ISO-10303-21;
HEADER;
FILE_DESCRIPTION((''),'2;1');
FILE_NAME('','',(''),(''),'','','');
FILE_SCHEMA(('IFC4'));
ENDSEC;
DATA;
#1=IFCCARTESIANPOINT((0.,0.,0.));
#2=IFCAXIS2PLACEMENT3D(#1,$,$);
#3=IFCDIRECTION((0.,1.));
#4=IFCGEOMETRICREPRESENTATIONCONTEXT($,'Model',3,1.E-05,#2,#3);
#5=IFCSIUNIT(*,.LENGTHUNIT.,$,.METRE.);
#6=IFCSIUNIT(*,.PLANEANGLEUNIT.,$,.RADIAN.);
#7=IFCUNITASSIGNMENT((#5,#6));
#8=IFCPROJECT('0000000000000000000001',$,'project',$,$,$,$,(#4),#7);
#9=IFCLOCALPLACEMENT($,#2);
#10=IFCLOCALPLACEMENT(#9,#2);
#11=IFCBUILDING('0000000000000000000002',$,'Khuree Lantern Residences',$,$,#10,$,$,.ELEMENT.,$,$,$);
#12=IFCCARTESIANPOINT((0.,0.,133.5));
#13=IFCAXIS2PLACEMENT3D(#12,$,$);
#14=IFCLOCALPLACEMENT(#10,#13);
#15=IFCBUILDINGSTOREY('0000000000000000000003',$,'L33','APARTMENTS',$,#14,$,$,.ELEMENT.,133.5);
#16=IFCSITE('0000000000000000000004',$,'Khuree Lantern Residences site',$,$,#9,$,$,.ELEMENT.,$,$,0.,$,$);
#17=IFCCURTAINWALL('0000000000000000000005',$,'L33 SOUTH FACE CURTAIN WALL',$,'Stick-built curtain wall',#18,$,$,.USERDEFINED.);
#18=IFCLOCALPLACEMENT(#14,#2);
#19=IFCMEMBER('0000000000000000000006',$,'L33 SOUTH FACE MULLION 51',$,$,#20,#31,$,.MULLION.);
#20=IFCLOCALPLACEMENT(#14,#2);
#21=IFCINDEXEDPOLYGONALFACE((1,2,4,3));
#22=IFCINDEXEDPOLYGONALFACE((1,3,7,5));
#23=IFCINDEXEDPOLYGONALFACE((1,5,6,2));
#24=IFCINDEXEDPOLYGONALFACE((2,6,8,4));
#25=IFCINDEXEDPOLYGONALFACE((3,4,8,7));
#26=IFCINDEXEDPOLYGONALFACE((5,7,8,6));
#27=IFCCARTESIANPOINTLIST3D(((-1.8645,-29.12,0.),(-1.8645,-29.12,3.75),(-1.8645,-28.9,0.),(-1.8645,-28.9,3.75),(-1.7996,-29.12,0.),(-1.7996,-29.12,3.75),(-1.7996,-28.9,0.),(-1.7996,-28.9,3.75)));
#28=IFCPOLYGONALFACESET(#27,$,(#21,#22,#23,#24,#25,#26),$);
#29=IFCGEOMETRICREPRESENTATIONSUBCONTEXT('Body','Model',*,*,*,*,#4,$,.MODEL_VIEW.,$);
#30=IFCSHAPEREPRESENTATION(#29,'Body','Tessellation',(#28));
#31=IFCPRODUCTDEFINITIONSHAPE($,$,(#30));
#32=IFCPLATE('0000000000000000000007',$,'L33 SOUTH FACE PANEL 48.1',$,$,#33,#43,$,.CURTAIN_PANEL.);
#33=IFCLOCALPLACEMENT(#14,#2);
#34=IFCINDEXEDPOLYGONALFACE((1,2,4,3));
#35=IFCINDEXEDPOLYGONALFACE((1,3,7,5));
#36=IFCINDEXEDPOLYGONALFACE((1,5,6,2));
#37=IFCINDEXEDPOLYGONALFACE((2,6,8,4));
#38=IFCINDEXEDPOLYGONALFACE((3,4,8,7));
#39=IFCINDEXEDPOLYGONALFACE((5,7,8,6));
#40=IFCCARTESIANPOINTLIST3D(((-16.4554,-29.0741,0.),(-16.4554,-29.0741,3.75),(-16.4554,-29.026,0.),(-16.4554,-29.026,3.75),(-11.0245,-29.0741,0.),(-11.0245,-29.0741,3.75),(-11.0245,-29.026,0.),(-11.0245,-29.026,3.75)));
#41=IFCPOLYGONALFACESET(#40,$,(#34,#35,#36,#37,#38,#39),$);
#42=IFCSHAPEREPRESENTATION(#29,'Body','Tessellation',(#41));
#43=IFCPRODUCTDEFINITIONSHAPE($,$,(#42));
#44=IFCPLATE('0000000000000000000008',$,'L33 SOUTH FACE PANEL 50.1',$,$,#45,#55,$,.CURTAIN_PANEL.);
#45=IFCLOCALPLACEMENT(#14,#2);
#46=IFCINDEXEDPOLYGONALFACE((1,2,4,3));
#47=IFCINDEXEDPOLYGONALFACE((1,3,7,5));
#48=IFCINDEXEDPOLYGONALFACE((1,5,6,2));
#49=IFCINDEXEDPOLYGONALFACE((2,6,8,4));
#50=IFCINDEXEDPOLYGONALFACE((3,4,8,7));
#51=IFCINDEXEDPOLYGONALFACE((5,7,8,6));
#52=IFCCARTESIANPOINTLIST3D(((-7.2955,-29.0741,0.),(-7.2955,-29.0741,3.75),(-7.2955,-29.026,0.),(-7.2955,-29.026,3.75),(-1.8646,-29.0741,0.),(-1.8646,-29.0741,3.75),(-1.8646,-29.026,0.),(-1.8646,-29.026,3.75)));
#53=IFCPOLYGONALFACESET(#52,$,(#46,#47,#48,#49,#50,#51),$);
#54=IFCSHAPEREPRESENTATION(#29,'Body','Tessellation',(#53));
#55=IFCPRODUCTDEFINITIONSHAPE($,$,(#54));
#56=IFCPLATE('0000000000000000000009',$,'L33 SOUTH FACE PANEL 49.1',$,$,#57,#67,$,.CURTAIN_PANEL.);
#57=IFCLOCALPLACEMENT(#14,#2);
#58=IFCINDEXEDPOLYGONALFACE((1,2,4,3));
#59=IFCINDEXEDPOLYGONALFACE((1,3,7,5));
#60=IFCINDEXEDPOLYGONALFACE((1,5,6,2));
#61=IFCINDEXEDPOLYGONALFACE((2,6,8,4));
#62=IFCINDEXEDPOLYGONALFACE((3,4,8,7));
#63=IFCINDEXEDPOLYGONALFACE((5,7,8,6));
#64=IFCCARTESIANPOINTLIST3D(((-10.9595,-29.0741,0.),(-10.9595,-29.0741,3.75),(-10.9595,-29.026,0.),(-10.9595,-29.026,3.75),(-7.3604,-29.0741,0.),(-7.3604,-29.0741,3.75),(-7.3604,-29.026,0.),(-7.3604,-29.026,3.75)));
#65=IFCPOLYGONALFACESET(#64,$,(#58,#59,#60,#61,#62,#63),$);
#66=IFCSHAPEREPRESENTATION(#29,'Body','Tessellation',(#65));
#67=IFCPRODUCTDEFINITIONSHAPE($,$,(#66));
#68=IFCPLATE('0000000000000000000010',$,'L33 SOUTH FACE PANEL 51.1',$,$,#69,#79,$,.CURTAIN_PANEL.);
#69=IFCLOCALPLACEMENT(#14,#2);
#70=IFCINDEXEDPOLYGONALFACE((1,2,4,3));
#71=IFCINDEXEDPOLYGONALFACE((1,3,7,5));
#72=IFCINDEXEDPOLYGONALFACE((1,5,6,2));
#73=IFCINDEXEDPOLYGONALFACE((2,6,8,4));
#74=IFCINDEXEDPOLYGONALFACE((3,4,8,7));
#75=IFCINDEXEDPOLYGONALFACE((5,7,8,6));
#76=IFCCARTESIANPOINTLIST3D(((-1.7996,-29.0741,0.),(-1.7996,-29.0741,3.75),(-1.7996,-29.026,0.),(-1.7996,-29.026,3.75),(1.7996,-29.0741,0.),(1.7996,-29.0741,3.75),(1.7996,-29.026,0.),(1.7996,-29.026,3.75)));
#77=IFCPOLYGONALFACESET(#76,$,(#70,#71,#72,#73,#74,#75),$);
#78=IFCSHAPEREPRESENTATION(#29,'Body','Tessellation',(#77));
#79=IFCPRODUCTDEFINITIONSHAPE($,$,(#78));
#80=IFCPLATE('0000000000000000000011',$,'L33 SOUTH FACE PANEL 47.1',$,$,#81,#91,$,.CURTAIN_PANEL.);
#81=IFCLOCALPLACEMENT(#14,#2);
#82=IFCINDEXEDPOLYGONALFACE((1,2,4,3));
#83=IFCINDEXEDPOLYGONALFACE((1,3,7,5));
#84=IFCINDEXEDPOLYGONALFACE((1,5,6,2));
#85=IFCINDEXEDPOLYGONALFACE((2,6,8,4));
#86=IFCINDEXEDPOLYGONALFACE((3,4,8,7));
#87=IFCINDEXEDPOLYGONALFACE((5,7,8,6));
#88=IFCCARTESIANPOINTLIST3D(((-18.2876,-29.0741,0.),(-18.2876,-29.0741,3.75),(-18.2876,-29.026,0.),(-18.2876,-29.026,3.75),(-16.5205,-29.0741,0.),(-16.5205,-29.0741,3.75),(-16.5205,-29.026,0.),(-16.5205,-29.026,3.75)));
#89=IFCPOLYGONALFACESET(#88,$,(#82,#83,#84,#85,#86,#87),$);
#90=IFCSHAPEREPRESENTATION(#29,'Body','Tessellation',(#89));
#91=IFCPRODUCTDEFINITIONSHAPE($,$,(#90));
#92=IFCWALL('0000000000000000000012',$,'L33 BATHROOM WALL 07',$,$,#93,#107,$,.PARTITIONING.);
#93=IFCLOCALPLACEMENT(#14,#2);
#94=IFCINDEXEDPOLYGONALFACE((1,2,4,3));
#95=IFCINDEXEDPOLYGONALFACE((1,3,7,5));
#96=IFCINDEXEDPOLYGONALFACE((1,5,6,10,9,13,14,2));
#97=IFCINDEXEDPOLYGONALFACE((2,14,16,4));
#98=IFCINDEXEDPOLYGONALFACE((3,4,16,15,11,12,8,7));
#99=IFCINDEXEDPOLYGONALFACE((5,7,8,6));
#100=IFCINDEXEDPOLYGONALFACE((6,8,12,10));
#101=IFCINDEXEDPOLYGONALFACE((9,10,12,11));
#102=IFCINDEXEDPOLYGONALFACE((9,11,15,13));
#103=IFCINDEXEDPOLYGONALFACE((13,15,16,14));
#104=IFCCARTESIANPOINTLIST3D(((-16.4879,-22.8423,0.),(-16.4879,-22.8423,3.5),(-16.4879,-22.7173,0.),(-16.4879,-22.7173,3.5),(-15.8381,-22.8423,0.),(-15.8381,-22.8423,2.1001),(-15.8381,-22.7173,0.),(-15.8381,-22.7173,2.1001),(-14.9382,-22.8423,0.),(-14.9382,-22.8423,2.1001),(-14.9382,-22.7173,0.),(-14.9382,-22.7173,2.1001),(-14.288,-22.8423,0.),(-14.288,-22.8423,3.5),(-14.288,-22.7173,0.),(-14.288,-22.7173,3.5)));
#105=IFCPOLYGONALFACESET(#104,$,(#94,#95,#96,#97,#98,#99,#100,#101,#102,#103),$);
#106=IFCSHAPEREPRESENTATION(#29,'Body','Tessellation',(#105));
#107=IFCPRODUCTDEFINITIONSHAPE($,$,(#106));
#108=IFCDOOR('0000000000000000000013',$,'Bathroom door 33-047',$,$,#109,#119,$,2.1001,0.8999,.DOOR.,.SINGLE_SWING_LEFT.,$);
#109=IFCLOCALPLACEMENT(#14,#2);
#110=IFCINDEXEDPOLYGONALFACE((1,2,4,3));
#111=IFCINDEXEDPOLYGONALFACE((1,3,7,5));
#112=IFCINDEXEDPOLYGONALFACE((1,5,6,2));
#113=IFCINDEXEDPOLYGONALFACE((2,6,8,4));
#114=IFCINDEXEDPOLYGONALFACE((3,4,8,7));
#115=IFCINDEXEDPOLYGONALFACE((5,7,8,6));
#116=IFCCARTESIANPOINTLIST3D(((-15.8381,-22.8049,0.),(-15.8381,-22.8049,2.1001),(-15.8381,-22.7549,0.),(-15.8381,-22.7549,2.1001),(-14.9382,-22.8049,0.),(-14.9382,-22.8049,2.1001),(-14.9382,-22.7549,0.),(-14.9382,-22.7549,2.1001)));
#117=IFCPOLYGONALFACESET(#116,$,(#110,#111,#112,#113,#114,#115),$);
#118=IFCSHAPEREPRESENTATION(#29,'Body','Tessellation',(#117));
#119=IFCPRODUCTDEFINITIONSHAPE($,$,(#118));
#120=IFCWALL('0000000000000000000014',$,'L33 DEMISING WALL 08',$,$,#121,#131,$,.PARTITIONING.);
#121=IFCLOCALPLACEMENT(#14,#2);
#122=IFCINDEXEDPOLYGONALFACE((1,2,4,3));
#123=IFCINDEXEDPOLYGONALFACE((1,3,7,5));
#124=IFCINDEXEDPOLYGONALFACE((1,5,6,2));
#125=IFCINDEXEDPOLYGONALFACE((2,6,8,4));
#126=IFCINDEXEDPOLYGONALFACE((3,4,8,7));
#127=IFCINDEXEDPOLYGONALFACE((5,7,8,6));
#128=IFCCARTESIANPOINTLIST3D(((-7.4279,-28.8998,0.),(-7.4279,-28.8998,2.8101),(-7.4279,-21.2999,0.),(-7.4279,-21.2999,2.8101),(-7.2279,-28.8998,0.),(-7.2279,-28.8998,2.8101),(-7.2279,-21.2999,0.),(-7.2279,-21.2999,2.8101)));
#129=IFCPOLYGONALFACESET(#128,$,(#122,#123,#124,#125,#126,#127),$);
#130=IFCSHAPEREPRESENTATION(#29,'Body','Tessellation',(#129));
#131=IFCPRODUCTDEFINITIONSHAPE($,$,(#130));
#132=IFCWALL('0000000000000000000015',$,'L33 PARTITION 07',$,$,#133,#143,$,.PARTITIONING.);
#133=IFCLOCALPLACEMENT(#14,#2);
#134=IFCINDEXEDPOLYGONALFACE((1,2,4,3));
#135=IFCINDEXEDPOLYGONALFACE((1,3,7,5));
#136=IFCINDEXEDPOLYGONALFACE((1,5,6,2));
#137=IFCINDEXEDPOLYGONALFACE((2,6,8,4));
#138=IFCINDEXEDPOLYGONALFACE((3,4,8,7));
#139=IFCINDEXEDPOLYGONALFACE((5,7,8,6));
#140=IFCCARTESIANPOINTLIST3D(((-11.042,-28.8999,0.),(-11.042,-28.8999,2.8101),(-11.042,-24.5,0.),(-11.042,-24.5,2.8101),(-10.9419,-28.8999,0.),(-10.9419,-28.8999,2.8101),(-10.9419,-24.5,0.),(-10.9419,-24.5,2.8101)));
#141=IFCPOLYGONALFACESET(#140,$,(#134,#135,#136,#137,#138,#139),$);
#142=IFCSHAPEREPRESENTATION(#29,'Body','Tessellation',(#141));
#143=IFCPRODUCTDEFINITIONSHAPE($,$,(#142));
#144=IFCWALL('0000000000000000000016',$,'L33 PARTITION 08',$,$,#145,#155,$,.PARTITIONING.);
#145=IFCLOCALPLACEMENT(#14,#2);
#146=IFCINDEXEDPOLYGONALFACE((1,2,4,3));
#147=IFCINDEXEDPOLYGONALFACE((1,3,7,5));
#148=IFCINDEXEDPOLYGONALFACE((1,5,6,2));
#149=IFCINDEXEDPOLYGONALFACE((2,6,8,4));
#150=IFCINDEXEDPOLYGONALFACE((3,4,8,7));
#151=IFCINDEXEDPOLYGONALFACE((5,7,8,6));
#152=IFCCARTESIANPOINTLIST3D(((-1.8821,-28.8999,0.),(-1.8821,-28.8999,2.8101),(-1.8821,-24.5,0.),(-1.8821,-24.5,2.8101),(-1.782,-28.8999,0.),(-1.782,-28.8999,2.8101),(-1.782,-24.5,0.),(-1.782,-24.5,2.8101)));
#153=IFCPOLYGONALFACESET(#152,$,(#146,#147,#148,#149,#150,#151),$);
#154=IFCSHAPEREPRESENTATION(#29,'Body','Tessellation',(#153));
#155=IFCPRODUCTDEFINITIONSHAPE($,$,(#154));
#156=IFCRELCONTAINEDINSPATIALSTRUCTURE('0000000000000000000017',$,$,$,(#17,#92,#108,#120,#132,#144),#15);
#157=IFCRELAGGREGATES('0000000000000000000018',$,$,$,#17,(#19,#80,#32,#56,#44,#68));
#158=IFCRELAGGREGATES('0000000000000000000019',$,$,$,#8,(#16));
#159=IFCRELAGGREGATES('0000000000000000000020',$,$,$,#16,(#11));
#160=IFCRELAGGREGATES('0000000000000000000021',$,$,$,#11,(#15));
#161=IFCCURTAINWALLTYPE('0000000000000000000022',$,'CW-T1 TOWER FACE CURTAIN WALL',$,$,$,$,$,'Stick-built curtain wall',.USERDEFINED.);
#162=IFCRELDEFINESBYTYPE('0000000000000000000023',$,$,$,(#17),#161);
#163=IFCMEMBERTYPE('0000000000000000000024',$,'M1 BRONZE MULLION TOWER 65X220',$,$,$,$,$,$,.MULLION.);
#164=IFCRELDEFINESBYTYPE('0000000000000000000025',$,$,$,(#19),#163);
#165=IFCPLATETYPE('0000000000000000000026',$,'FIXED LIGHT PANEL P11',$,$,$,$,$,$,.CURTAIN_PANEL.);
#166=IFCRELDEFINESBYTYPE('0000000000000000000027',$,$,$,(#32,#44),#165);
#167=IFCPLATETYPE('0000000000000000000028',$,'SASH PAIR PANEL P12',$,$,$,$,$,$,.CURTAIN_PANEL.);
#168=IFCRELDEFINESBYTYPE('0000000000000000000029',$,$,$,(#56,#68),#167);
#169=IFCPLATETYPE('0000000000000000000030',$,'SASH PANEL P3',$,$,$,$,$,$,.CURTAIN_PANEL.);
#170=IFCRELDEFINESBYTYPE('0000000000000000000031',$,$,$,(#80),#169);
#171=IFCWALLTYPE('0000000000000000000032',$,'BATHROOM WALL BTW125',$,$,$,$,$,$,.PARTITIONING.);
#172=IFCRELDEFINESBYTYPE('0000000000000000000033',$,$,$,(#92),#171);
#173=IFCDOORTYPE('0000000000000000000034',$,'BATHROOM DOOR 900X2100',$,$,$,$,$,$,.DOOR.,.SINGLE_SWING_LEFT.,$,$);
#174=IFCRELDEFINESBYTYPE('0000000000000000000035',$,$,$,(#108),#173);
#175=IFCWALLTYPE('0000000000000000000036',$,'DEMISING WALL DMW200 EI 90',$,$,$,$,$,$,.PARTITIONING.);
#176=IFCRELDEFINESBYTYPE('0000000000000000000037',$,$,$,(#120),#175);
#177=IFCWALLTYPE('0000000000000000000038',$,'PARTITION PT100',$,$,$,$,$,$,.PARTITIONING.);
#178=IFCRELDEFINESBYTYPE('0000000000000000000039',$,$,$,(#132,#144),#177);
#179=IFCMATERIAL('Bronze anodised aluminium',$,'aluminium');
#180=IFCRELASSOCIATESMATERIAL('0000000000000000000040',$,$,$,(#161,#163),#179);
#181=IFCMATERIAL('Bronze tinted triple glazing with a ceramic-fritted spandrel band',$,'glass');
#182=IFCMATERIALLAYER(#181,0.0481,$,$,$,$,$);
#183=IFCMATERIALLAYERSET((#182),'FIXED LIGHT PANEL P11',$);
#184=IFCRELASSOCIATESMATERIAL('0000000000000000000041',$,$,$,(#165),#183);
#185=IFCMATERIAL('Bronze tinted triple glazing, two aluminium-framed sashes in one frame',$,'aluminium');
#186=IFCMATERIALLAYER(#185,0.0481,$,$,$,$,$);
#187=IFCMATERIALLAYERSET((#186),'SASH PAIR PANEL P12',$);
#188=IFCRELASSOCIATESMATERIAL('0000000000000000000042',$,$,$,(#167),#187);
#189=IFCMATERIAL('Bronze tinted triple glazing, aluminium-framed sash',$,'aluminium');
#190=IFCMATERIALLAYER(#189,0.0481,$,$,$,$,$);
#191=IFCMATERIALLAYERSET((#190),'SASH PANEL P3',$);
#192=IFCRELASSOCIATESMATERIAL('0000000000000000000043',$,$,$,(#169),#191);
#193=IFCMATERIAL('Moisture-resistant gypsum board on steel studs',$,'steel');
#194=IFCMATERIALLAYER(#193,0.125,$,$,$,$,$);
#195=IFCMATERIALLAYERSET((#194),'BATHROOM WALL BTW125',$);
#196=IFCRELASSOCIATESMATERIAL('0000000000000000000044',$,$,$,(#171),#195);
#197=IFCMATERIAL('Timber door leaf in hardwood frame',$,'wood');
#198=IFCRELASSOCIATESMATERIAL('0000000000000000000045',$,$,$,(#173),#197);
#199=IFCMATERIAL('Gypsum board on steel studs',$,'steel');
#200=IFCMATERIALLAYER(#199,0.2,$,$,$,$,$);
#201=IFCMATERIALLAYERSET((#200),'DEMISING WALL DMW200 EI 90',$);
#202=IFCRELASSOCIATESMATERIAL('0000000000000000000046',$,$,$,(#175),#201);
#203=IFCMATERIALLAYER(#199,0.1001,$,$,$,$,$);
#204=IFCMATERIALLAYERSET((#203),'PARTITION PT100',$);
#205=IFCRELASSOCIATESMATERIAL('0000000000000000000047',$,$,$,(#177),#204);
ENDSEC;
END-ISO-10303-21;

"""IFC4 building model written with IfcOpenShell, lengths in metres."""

from ifc_helpers import new_model, si_unit, direction, frame, frame_2d, origin, origin_2d, place, context, subcontext, project, spatial, rectangle, extrude, material, layer, layer_set, material_profile, profile_set, type_object, element, fill, aggregate, save


model = new_model("IFC4")

# Units and contexts
model_context = context("Model", 3, precision=1e-05, world=origin(), true_north=direction((0.0, 1.0)))
body_context = subcontext(model_context, "Body", "Model", "MODEL_VIEW")
ifc_project = project(units=[si_unit("LENGTHUNIT", "METRE"), si_unit("PLANEANGLEUNIT", "RADIAN")], contexts=[model_context])

# Site, building, storey
site_placement = place(None, origin())
site = spatial("IfcSite", under=ifc_project, at=site_placement, Name="Khuree Lantern Residences site", CompositionType="ELEMENT", RefElevation=0.0)
building_placement = place(site_placement, origin())
building = spatial("IfcBuilding", under=site, at=building_placement, Name="Khuree Lantern Residences", CompositionType="ELEMENT")
storey_placement = place(building_placement, frame((0.0, 0.0, 133.5)))
storey = spatial("IfcBuildingStorey", under=building, at=storey_placement, Name="L33", Description="APARTMENTS", CompositionType="ELEMENT", Elevation=133.5)

# Curtain wall
ifc_material_1 = material(Name="Bronze anodised aluminium", Category="aluminium")
curtain_wall_type = type_object("IfcCurtainWallType", Name="CW-T1 TOWER FACE CURTAIN WALL", ElementType="Stick-built curtain wall", PredefinedType="USERDEFINED", material=ifc_material_1)
curtain_wall_placement = place(storey_placement, origin())
curtain_wall = element("IfcCurtainWall", 1, at=curtain_wall_placement, inside=storey, type_object=curtain_wall_type, Name="L33 SOUTH FACE CURTAIN WALL", ObjectType="Stick-built curtain wall", PredefinedType="USERDEFINED")

# Member
ifc_material_profile_1 = material_profile(ifc_material_1, rectangle(XDim=0.0649, YDim=0.22, at=origin_2d()), Name="M1 65X220")
ifc_profile_set_1 = profile_set([ifc_material_profile_1], Name="Bronze anodised aluminium")
member_type_1 = type_object("IfcMemberType", Name="M1 BRONZE MULLION TOWER 65X220", PredefinedType="MULLION", material=ifc_profile_set_1)
member_1_placement = place(storey_placement, frame((-1.832, -29.01, 0.0), z_axis=(0.0, 0.0, 1.0), x_axis=(1.0, 0.0, 0.0)))
member_1 = element("IfcMember", 2, at=member_1_placement, type_object=member_type_1, Name="L33 SOUTH FACE MULLION 51", PredefinedType="MULLION", context=body_context, shape_type="SweptSolid", body=[
    extrude(rectangle(XDim=0.0649, YDim=0.22, at=origin_2d()), origin(), (0.0, 0.0, 1.0), 3.75),
])

# Plates
ifc_material_2 = material(Name="Bronze tinted triple glazing with a ceramic-fritted spandrel band", Category="glass")
ifc_layer_1 = layer(ifc_material_2, 0.0481)
ifc_layer_set_1 = layer_set([ifc_layer_1], Name="FIXED LIGHT PANEL P11")
plate_type_1 = type_object("IfcPlateType", Name="FIXED LIGHT PANEL P11", PredefinedType="CURTAIN_PANEL", material=ifc_layer_set_1)
plate_1_placement = place(storey_placement, frame((-13.74, -29.05, 0.0), z_axis=(0.0, 0.0, 1.0), x_axis=(1.0, 0.0, 0.0)))
plate_1 = element("IfcPlate", 3, at=plate_1_placement, type_object=plate_type_1, Name="L33 SOUTH FACE PANEL 48.1", PredefinedType="CURTAIN_PANEL", context=body_context, shape_type="SweptSolid", body=[
    extrude(rectangle(XDim=5.4309, YDim=0.0481, at=origin_2d()), origin(), (0.0, 0.0, 1.0), 3.75),
])
plate_2_placement = place(storey_placement, frame((-4.5801, -29.05, 0.0), z_axis=(0.0, 0.0, 1.0), x_axis=(1.0, 0.0, 0.0)))
plate_2 = element("IfcPlate", 4, at=plate_2_placement, type_object=plate_type_1, Name="L33 SOUTH FACE PANEL 50.1", PredefinedType="CURTAIN_PANEL", context=body_context, shape_type="SweptSolid", body=[
    extrude(rectangle(XDim=5.4309, YDim=0.0481, at=origin_2d()), origin(), (0.0, 0.0, 1.0), 3.75),
])
ifc_material_3 = material(Name="Bronze tinted triple glazing, two aluminium-framed sashes in one frame", Category="aluminium")
ifc_layer_2 = layer(ifc_material_3, 0.0481)
ifc_layer_set_2 = layer_set([ifc_layer_2], Name="SASH PAIR PANEL P12")
plate_type_2 = type_object("IfcPlateType", Name="SASH PAIR PANEL P12", PredefinedType="CURTAIN_PANEL", material=ifc_layer_set_2)
plate_3_placement = place(storey_placement, frame((-9.1599, -29.05, 0.0), z_axis=(0.0, 0.0, 1.0), x_axis=(1.0, 0.0, 0.0)))
plate_3 = element("IfcPlate", 5, at=plate_3_placement, type_object=plate_type_2, Name="L33 SOUTH FACE PANEL 49.1", PredefinedType="CURTAIN_PANEL", context=body_context, shape_type="SweptSolid", body=[
    extrude(rectangle(XDim=3.5991, YDim=0.0481, at=origin_2d()), origin(), (0.0, 0.0, 1.0), 3.75),
])
plate_4_placement = place(storey_placement, frame((0.0, -29.05, 0.0), z_axis=(0.0, 0.0, 1.0), x_axis=(1.0, 0.0, 0.0)))
plate_4 = element("IfcPlate", 6, at=plate_4_placement, type_object=plate_type_2, Name="L33 SOUTH FACE PANEL 51.1", PredefinedType="CURTAIN_PANEL", context=body_context, shape_type="SweptSolid", body=[
    extrude(rectangle(XDim=3.5991, YDim=0.0481, at=origin_2d()), origin(), (0.0, 0.0, 1.0), 3.75),
])
ifc_material_4 = material(Name="Bronze tinted triple glazing, aluminium-framed sash", Category="aluminium")
ifc_layer_3 = layer(ifc_material_4, 0.0481)
ifc_layer_set_3 = layer_set([ifc_layer_3], Name="SASH PANEL P3")
plate_type_3 = type_object("IfcPlateType", Name="SASH PANEL P3", PredefinedType="CURTAIN_PANEL", material=ifc_layer_set_3)
plate_5_placement = place(storey_placement, frame((-17.4041, -29.05, 0.0), z_axis=(0.0, 0.0, 1.0), x_axis=(1.0, 0.0, 0.0)))
plate_5 = element("IfcPlate", 7, at=plate_5_placement, type_object=plate_type_3, Name="L33 SOUTH FACE PANEL 47.1", PredefinedType="CURTAIN_PANEL", context=body_context, shape_type="SweptSolid", body=[
    extrude(rectangle(XDim=1.7671, YDim=0.0481, at=origin_2d()), origin(), (0.0, 0.0, 1.0), 3.75),
])
aggregate(curtain_wall, [member_1, plate_5, plate_1, plate_3, plate_2, plate_4])

# Wall, opening, door
ifc_material_5 = material(Name="Moisture-resistant gypsum board on steel studs", Category="steel")
ifc_layer_4 = layer(ifc_material_5, 0.125)
ifc_layer_set_4 = layer_set([ifc_layer_4], Name="BATHROOM WALL BTW125")
wall_type_1 = type_object("IfcWallType", Name="BATHROOM WALL BTW125", PredefinedType="PARTITIONING", material=ifc_layer_set_4)
wall_1_placement = place(storey_placement, frame((-16.488, -22.7798, 0.0), z_axis=(0.0, 0.0, 1.0), x_axis=(1.0, 0.0, 0.0)))
wall_1 = element("IfcWall", 8, at=wall_1_placement, inside=storey, type_object=wall_type_1, Name="L33 BATHROOM WALL 07", PredefinedType="PARTITIONING", context=body_context, shape_type="SweptSolid", body=[
    extrude(rectangle(XDim=2.2, YDim=0.125, at=frame_2d((1.1001, 0.0))), origin(), (0.0, 0.0, 1.0), 3.5),
])
opening_1_placement = place(wall_1_placement, frame((0.6499, 0.0, 0.0)))
opening_1 = element("IfcOpeningElement", 9, at=opening_1_placement, cuts=wall_1, PredefinedType="OPENING", context=body_context, shape_type="SweptSolid", body=[
    extrude(rectangle(XDim=0.8999, YDim=2.1001, at=frame_2d((0.45, 1.05))), frame((0.0, 0.0725, 0.0), z_axis=(0.0, -1.0, 0.0), x_axis=(1.0, 0.0, 0.0)), (0.0, 0.0, 1.0), 0.145),
])
ifc_material_6 = material(Name="Timber door leaf in hardwood frame", Category="wood")
door_type_1 = type_object("IfcDoorType", Name="BATHROOM DOOR 900X2100", OperationType="SINGLE_SWING_LEFT", PredefinedType="DOOR", material=ifc_material_6)
door_1_placement = place(opening_1_placement, origin())
door_1 = element("IfcDoor", 10, at=door_1_placement, inside=storey, type_object=door_type_1, Name="Bathroom door 33-047", OperationType="SINGLE_SWING_LEFT", OverallHeight=2.1001, OverallWidth=0.8999, PredefinedType="DOOR", context=body_context, shape_type="SweptSolid", body=[
    extrude(rectangle(XDim=0.8999, YDim=2.1001, at=frame_2d((0.45, 1.05))), frame((0.0, 0.0249, 0.0), z_axis=(0.0, -1.0, 0.0), x_axis=(1.0, 0.0, 0.0)), (0.0, 0.0, 1.0), 0.05),
])
fill(opening_1, door_1)

# Walls
ifc_material_7 = material(Name="Gypsum board on steel studs", Category="steel")
ifc_layer_5 = layer(ifc_material_7, 0.2)
ifc_layer_set_5 = layer_set([ifc_layer_5], Name="DEMISING WALL DMW200 EI 90")
wall_type_2 = type_object("IfcWallType", Name="DEMISING WALL DMW200 EI 90", PredefinedType="PARTITIONING", material=ifc_layer_set_5)
wall_2_placement = place(storey_placement, frame((-7.3279, -21.3, 0.0), z_axis=(0.0, 0.0, 1.0), x_axis=(0.0, -1.0, 0.0)))
element("IfcWall", 11, at=wall_2_placement, inside=storey, type_object=wall_type_2, Name="L33 DEMISING WALL 08", PredefinedType="PARTITIONING", context=body_context, shape_type="SweptSolid", body=[
    extrude(rectangle(XDim=7.5999, YDim=0.2, at=frame_2d((3.7998, 0.0))), origin(), (0.0, 0.0, 1.0), 2.8101),
])
ifc_layer_6 = layer(ifc_material_7, 0.1001)
ifc_layer_set_6 = layer_set([ifc_layer_6], Name="PARTITION PT100")
wall_type_3 = type_object("IfcWallType", Name="PARTITION PT100", PredefinedType="PARTITIONING", material=ifc_layer_set_6)
for number, where, z_axis, x_axis, name in (
    (12, (-10.9919, -24.5, 0.0), (0.0, 0.0, 1.0), (0.0, -1.0, 0.0), "L33 PARTITION 07"),
    (13, (-1.832, -24.5, 0.0), (0.0, 0.0, 1.0), (0.0, -1.0, 0.0), "L33 PARTITION 08"),
):
    element("IfcWall", number, at=place(storey_placement, frame(where, z_axis=z_axis, x_axis=x_axis)), inside=storey, type_object=wall_type_3, Name=name, PredefinedType="PARTITIONING", context=body_context, shape_type="SweptSolid", body=[
        extrude(rectangle(XDim=4.3999, YDim=0.1001, at=frame_2d((2.2, 0.0))), origin(), (0.0, 0.0, 1.0), 2.8101),
    ])

save(model, "model.ifc")
